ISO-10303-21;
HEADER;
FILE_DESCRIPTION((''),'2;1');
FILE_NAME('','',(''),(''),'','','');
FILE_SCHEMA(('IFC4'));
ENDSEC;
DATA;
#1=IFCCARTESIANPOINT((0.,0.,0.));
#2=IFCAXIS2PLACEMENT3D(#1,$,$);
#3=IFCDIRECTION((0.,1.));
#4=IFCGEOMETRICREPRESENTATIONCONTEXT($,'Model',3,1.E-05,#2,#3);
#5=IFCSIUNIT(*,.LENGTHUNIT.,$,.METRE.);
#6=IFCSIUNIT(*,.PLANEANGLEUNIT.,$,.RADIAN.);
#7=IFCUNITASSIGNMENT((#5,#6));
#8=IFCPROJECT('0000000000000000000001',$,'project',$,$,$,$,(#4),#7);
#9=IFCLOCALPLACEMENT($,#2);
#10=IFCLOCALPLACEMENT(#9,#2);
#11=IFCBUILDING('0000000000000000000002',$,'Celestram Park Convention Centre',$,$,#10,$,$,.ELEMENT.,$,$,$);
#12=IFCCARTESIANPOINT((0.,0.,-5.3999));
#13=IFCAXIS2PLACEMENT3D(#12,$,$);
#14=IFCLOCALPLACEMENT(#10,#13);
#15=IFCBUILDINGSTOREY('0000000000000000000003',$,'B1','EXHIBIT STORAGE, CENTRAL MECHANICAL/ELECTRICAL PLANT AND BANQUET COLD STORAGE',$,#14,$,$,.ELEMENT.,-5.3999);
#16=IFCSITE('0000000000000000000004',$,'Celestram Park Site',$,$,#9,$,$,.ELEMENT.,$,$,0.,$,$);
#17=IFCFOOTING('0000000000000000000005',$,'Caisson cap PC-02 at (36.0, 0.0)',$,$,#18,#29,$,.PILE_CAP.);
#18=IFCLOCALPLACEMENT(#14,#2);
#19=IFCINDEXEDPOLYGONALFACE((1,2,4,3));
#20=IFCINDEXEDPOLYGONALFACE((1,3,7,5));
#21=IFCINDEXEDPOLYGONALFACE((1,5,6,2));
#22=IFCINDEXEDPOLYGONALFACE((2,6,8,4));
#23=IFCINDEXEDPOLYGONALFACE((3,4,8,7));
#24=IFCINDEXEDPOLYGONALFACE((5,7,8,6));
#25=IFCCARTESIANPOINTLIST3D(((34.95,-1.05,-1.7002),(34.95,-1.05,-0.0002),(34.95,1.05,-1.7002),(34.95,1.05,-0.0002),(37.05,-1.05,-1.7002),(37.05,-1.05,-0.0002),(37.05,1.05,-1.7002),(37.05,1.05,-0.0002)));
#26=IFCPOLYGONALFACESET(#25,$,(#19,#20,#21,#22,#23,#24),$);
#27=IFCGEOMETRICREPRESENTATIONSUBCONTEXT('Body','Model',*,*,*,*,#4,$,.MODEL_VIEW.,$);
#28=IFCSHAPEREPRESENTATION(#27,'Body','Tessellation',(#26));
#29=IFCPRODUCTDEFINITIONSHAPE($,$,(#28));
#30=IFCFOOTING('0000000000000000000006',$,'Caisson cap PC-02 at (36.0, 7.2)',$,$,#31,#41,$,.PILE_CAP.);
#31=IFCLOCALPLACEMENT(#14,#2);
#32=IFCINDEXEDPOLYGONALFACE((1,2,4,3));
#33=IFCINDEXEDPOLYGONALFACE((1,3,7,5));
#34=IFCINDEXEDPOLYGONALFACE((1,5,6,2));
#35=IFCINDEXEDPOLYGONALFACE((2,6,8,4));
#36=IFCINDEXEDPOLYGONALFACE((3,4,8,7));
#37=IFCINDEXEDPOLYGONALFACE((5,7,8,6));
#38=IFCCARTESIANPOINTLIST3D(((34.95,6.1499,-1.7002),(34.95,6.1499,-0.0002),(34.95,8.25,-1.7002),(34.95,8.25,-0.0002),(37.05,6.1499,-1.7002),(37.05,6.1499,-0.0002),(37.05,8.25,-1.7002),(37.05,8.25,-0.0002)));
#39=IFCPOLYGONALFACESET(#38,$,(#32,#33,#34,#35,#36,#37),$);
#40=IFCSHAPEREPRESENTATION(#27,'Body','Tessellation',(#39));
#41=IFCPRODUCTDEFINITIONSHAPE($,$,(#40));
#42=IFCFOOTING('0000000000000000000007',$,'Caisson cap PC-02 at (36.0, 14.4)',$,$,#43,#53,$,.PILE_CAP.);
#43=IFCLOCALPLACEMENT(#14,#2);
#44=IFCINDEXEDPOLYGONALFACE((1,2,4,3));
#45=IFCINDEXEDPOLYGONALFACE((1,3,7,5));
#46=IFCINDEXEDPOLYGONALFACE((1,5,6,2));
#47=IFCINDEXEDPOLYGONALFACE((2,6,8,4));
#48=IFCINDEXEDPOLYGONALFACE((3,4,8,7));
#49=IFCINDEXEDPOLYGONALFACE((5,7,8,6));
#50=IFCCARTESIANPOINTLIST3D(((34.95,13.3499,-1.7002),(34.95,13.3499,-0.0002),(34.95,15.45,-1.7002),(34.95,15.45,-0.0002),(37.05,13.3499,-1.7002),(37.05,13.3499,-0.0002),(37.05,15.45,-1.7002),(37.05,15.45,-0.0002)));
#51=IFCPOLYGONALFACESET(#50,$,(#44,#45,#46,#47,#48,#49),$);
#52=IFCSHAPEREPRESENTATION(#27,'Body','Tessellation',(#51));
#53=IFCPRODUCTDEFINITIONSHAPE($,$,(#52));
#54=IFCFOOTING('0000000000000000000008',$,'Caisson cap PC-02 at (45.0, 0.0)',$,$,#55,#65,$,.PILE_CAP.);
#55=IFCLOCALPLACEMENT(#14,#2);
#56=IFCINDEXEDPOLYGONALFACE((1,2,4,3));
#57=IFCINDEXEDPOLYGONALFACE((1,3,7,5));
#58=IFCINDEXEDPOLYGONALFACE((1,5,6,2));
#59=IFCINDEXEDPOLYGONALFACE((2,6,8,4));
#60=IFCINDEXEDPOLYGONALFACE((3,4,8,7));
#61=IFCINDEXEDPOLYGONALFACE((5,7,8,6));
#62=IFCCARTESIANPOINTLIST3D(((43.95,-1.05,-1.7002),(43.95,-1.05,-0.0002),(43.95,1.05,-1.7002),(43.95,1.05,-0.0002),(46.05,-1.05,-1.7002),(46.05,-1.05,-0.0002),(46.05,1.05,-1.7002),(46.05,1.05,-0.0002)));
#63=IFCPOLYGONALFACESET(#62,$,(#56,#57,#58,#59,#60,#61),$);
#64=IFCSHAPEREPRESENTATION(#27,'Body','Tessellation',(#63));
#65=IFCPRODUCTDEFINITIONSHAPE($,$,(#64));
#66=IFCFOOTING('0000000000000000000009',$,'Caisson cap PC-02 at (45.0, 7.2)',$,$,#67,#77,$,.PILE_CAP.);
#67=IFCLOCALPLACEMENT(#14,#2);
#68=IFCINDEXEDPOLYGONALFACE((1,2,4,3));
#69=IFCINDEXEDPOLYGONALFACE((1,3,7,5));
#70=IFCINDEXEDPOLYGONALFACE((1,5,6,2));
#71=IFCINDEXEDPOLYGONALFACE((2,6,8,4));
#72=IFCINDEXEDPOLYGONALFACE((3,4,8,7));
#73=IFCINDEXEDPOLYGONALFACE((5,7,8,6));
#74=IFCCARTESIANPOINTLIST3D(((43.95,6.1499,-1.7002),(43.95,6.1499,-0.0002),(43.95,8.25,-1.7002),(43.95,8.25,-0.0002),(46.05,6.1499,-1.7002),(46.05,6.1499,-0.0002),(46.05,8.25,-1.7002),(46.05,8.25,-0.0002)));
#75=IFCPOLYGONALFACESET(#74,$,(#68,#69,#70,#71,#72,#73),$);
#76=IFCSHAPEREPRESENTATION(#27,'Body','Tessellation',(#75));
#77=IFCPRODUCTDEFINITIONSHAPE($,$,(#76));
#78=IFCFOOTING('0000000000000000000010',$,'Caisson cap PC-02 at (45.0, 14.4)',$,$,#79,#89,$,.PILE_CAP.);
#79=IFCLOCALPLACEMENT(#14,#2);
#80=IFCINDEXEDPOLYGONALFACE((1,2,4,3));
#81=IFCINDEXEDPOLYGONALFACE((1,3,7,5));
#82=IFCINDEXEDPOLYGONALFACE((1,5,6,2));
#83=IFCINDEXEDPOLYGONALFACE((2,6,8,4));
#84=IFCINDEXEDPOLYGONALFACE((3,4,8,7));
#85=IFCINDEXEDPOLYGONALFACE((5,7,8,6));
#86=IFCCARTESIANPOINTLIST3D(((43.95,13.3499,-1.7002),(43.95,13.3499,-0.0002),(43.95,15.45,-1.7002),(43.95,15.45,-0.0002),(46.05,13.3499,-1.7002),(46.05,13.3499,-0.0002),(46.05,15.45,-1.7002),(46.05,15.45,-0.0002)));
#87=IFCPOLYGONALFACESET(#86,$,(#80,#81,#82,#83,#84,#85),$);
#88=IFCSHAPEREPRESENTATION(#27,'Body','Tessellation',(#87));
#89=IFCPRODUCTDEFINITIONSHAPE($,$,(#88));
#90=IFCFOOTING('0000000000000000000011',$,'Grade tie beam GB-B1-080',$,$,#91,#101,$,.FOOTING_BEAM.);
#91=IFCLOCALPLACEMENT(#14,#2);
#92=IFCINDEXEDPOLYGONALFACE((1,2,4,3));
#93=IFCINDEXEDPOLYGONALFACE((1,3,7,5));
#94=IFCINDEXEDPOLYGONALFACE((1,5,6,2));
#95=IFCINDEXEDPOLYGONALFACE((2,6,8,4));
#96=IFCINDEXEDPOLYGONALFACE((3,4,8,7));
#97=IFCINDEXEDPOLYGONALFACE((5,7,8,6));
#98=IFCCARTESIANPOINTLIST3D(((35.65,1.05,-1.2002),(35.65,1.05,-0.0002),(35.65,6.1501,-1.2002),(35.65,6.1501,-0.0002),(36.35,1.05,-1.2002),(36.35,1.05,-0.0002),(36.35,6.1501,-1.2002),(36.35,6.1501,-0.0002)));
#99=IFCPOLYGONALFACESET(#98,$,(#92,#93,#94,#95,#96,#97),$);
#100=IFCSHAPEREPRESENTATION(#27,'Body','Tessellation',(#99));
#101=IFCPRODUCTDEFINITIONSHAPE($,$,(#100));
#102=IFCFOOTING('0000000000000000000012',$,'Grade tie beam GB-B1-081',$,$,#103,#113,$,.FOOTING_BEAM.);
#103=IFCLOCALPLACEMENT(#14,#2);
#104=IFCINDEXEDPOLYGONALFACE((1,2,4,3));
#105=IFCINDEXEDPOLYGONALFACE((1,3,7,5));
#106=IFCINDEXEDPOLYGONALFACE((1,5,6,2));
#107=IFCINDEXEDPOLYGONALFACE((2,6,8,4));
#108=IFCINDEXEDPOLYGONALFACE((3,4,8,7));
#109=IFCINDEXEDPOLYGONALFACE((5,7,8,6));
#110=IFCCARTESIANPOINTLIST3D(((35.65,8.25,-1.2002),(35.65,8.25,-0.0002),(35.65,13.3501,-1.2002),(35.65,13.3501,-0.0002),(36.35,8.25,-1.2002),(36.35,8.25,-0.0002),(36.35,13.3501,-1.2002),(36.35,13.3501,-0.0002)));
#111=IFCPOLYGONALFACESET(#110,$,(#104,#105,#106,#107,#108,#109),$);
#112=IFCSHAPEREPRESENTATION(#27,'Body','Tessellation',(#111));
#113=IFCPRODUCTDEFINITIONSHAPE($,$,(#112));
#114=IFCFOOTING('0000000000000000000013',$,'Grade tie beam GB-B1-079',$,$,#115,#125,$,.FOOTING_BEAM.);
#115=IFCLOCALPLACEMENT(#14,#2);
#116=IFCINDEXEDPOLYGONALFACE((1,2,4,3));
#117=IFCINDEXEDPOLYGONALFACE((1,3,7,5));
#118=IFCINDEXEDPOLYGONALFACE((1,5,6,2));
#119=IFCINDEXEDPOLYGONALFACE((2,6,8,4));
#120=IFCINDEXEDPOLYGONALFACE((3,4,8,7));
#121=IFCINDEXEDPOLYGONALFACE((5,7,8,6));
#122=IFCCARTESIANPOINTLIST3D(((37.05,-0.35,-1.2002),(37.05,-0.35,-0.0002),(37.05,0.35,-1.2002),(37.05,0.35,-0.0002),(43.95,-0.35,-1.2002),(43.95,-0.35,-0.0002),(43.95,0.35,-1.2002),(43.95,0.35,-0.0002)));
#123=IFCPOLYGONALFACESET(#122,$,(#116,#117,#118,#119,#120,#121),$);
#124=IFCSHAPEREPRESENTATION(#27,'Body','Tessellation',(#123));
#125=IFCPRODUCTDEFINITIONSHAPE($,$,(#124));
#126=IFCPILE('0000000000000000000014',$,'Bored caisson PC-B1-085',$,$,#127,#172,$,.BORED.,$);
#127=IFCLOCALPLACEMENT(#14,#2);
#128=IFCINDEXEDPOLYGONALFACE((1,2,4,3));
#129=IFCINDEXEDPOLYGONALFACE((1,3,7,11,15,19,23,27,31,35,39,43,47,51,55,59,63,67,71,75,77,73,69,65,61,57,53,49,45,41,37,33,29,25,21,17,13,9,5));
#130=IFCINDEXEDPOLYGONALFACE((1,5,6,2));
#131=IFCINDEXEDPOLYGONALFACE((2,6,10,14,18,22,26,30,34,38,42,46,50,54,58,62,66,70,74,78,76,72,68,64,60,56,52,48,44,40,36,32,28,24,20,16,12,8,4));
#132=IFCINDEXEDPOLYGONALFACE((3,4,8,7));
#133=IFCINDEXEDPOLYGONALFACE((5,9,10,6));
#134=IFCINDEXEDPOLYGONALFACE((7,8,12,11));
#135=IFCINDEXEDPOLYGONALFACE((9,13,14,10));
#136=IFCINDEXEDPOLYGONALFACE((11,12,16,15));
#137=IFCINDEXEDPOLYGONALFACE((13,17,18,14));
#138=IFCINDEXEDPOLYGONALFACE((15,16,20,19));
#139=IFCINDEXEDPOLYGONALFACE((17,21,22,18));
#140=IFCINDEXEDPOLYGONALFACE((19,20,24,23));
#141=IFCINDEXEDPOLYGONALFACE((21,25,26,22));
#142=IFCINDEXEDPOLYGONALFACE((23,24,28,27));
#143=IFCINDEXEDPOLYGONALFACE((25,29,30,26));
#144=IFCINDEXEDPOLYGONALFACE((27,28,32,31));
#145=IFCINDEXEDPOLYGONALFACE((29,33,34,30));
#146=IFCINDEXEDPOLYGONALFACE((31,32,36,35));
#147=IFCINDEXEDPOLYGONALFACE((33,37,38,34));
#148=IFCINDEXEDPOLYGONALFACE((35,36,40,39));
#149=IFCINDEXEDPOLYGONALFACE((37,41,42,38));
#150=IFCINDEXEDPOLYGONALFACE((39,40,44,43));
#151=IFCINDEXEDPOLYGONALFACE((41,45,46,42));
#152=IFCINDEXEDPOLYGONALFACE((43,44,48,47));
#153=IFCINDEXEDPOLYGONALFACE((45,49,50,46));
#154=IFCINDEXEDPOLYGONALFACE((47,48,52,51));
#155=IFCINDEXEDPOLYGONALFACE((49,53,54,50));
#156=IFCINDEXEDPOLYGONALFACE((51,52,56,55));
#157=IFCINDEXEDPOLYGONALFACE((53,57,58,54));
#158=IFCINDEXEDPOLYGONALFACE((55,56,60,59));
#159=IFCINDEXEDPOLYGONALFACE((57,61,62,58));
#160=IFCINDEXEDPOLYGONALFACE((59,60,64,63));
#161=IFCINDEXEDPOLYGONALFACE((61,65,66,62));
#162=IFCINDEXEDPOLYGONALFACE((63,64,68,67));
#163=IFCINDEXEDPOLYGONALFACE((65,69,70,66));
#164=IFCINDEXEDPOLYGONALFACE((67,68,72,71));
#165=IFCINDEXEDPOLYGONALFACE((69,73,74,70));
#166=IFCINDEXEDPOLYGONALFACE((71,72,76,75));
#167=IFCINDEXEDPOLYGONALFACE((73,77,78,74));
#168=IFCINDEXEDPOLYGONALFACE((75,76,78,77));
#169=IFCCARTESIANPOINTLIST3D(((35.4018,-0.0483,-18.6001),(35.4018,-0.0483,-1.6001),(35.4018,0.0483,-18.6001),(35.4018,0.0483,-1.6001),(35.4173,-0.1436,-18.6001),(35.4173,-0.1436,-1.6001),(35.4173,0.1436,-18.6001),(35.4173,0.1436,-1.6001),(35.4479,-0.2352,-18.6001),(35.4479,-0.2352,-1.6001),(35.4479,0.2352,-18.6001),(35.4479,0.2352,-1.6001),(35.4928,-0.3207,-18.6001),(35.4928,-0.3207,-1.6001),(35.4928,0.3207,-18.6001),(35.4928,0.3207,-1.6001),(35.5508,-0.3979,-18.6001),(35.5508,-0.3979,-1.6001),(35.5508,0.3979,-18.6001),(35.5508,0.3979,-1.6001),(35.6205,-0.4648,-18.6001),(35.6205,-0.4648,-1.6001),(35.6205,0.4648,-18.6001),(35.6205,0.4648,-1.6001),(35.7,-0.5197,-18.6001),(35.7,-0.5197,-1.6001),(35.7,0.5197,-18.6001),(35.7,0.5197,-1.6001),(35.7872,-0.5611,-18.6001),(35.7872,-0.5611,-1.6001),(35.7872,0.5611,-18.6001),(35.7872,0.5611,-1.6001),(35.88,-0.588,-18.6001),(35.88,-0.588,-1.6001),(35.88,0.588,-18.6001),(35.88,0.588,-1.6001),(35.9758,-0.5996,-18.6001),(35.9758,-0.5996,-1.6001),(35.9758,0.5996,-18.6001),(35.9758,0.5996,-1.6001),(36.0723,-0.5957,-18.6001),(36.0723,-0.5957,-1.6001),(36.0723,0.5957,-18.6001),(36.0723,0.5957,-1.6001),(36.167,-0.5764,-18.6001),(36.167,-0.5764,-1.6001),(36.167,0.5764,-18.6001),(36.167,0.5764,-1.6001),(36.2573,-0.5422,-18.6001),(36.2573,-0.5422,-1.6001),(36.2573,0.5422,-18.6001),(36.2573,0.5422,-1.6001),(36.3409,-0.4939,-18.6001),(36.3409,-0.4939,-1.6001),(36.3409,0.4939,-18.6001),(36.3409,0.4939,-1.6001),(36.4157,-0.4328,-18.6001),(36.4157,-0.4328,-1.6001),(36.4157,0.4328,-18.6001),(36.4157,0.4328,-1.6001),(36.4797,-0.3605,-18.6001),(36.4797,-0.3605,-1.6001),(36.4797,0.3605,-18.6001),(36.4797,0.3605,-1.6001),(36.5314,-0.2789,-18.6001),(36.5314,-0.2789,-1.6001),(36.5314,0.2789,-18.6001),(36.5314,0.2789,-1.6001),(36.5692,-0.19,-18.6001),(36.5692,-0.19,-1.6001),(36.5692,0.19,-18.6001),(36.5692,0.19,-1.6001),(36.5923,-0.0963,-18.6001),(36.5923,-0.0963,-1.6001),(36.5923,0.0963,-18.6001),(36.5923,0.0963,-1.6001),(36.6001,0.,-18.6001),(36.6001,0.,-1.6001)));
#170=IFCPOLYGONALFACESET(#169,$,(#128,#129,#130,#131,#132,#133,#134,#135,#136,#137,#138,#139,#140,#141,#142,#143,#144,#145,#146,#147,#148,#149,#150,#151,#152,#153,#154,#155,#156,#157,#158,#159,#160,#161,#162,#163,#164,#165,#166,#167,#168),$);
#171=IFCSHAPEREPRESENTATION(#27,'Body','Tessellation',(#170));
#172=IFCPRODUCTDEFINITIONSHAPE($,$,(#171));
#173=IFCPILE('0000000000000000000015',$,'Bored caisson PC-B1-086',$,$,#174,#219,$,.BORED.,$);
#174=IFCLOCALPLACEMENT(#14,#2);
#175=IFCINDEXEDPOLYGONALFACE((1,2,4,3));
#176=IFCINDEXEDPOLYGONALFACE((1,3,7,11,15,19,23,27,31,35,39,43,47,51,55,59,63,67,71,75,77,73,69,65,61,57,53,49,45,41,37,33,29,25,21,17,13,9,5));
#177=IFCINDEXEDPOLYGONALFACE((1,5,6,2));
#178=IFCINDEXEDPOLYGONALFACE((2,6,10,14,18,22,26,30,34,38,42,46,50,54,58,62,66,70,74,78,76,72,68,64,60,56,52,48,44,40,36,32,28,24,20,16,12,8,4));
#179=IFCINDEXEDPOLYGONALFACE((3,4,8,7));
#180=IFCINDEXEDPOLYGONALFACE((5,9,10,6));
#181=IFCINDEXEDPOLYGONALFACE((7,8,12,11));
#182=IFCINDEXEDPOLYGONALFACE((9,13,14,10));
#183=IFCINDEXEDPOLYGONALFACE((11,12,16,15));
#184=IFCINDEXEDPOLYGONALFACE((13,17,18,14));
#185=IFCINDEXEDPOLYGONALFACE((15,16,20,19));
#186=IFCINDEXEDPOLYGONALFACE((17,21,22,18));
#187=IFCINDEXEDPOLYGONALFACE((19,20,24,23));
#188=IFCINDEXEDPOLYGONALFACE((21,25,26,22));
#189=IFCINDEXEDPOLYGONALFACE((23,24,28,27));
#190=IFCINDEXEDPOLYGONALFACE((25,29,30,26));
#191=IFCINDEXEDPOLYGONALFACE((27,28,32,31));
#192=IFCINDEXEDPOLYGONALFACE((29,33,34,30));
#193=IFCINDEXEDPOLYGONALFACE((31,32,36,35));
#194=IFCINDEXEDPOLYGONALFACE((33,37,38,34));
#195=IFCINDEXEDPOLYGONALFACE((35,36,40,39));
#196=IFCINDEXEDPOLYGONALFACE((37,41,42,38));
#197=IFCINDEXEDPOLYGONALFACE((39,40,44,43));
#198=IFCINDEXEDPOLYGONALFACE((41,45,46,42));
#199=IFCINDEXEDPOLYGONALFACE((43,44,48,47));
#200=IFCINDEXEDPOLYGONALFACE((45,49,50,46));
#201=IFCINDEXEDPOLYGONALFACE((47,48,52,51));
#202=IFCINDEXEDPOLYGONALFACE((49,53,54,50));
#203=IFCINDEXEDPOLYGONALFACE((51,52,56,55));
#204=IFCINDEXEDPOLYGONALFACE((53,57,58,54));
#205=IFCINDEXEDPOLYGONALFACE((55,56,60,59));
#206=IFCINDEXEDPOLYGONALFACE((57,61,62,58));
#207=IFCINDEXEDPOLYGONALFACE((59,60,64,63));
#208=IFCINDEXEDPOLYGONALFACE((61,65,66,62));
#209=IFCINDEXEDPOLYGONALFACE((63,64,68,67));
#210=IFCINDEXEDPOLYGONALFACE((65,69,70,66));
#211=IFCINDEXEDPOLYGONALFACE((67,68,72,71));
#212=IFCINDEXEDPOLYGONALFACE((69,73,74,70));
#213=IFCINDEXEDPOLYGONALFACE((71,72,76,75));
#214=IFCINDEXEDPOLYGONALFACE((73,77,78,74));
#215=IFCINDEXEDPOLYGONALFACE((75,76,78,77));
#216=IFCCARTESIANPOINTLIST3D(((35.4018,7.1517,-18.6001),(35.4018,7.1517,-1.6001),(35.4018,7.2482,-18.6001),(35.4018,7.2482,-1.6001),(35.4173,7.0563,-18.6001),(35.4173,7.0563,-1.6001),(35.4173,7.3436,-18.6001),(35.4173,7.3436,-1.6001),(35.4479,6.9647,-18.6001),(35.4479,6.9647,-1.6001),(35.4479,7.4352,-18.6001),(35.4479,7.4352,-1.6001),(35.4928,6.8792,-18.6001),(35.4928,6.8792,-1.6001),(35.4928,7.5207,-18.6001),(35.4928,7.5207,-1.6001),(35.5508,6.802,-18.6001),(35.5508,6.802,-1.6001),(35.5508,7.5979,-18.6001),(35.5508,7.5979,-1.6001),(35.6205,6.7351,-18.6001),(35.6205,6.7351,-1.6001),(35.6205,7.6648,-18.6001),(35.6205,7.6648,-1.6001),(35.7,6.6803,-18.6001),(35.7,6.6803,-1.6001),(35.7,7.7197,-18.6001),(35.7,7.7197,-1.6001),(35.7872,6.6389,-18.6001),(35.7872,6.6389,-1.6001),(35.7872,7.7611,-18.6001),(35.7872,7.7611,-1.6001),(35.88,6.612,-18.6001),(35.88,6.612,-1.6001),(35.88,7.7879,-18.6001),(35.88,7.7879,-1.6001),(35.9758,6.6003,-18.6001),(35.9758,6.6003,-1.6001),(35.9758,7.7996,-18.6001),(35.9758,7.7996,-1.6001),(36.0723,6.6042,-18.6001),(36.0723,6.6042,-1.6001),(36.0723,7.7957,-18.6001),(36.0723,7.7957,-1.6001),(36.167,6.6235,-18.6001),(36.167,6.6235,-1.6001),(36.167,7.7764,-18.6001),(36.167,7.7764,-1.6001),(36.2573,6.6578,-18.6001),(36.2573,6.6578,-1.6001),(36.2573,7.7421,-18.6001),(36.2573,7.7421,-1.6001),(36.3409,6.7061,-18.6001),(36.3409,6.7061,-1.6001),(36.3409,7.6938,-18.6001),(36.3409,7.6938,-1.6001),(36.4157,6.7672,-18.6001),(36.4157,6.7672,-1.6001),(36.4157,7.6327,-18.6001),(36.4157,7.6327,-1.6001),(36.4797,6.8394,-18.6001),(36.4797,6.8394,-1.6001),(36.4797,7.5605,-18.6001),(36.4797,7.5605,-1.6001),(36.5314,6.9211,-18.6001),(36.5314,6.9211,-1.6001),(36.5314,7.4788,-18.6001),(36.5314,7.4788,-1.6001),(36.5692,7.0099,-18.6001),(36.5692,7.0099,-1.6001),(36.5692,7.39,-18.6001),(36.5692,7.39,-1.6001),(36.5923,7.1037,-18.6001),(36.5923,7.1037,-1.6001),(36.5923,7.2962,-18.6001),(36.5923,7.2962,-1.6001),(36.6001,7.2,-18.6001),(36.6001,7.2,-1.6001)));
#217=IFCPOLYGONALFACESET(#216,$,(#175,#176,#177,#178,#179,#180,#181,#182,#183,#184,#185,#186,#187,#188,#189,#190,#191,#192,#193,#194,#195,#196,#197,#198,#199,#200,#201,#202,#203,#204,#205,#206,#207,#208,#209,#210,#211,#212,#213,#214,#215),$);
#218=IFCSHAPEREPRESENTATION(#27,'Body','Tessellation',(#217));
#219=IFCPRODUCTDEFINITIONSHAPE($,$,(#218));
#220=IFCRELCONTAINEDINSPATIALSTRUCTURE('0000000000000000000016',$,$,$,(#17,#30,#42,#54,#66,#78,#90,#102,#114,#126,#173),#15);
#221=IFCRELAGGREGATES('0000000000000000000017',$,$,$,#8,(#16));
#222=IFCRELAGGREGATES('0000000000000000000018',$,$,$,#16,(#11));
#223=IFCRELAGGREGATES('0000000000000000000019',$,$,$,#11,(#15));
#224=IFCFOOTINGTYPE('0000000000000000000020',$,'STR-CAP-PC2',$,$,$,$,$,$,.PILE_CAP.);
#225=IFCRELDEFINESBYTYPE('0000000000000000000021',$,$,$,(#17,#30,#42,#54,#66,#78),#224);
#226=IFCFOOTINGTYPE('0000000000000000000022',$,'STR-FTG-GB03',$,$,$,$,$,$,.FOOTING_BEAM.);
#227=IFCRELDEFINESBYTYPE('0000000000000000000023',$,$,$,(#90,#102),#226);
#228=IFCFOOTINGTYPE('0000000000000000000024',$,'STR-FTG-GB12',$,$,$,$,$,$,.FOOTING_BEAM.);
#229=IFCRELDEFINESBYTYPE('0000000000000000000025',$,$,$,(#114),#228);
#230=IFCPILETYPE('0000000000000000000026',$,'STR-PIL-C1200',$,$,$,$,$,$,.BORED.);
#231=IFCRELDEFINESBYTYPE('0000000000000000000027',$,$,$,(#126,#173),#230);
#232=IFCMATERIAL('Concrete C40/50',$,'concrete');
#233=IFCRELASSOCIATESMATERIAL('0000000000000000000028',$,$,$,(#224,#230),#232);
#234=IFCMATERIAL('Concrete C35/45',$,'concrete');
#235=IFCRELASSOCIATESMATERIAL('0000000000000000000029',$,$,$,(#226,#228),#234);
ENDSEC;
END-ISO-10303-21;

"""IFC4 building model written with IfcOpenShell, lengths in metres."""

from ifc_helpers import new_model, si_unit, direction, frame, origin, origin_2d, place, context, subcontext, project, spatial, rectangle, circle, extrude, material, material_profile, profile_set, type_object, element, save


model = new_model("IFC4")

# Units and contexts
model_context = context("Model", 3, precision=1e-05, world=origin(), true_north=direction((0.0, 1.0)))
body_context = subcontext(model_context, "Body", "Model", "MODEL_VIEW")
ifc_project = project(units=[si_unit("LENGTHUNIT", "METRE"), si_unit("PLANEANGLEUNIT", "RADIAN")], contexts=[model_context])

# Site, building, storey
site_placement = place(None, origin())
site = spatial("IfcSite", under=ifc_project, at=site_placement, Name="Celestram Park Site", CompositionType="ELEMENT", RefElevation=0.0)
building_placement = place(site_placement, origin())
building = spatial("IfcBuilding", under=site, at=building_placement, Name="Celestram Park Convention Centre", CompositionType="ELEMENT")
storey_placement = place(building_placement, frame((0.0, 0.0, -5.3999)))
storey = spatial("IfcBuildingStorey", under=building, at=storey_placement, Name="B1", Description="EXHIBIT STORAGE, CENTRAL MECHANICAL/ELECTRICAL PLANT AND BANQUET COLD STORAGE", CompositionType="ELEMENT", Elevation=-5.3999)

# Footings
ifc_material_1 = material(Name="Concrete C40/50", Category="concrete")
footing_type_1 = type_object("IfcFootingType", Name="STR-CAP-PC2", PredefinedType="PILE_CAP", material=ifc_material_1)
for number, where, z_axis, x_axis, name in (
    (1, (36.0, 0.0, -1.7002), (0.0, 0.0, 1.0), (1.0, 0.0, 0.0), "Caisson cap PC-02 at (36.0, 0.0)"),
    (2, (36.0, 7.2, -1.7002), (0.0, 0.0, 1.0), (1.0, 0.0, 0.0), "Caisson cap PC-02 at (36.0, 7.2)"),
    (3, (36.0, 14.3999, -1.7002), (0.0, 0.0, 1.0), (1.0, 0.0, 0.0), "Caisson cap PC-02 at (36.0, 14.4)"),
    (4, (45.0, 0.0, -1.7002), (0.0, 0.0, 1.0), (1.0, 0.0, 0.0), "Caisson cap PC-02 at (45.0, 0.0)"),
    (5, (45.0, 7.2, -1.7002), (0.0, 0.0, 1.0), (1.0, 0.0, 0.0), "Caisson cap PC-02 at (45.0, 7.2)"),
    (6, (45.0, 14.3999, -1.7002), (0.0, 0.0, 1.0), (1.0, 0.0, 0.0), "Caisson cap PC-02 at (45.0, 14.4)"),
):
    element("IfcFooting", number, at=place(storey_placement, frame(where, z_axis=z_axis, x_axis=x_axis)), inside=storey, type_object=footing_type_1, Name=name, PredefinedType="PILE_CAP", context=body_context, shape_type="SweptSolid", body=[
        extrude(rectangle(XDim=2.1001, YDim=2.1001, at=origin_2d()), origin(), (0.0, 0.0, 1.0), 1.7),
    ])
ifc_material_2 = material(Name="Concrete C35/45", Category="concrete")
footing_type_2 = type_object("IfcFootingType", Name="STR-FTG-GB03", PredefinedType="FOOTING_BEAM", material=ifc_material_2)
for number, where, z_axis, x_axis, name in (
    (7, (36.0, 3.6001, -1.2002), (0.0, 0.0, 1.0), (0.0, 1.0, 0.0), "Grade tie beam GB-B1-080"),
    (8, (36.0, 10.8, -1.2002), (0.0, 0.0, 1.0), (0.0, 1.0, 0.0), "Grade tie beam GB-B1-081"),
):
    element("IfcFooting", number, at=place(storey_placement, frame(where, z_axis=z_axis, x_axis=x_axis)), inside=storey, type_object=footing_type_2, Name=name, PredefinedType="FOOTING_BEAM", context=body_context, shape_type="SweptSolid", body=[
        extrude(rectangle(XDim=5.1001, YDim=0.7, at=origin_2d()), origin(), (0.0, 0.0, 1.0), 1.2),
    ])
footing_type_3 = type_object("IfcFootingType", Name="STR-FTG-GB12", PredefinedType="FOOTING_BEAM", material=ifc_material_2)
footing_placement = place(storey_placement, frame((40.5, 0.0, -1.2002), z_axis=(0.0, 0.0, 1.0), x_axis=(1.0, 0.0, 0.0)))
element("IfcFooting", 9, at=footing_placement, inside=storey, type_object=footing_type_3, Name="Grade tie beam GB-B1-079", PredefinedType="FOOTING_BEAM", context=body_context, shape_type="SweptSolid", body=[
    extrude(rectangle(XDim=6.8999, YDim=0.7, at=origin_2d()), origin(), (0.0, 0.0, 1.0), 1.2),
])

# Piles
ifc_material_profile_1 = material_profile(ifc_material_1, circle(Radius=0.6001, at=origin_2d()), Name="CAISSON1200")
ifc_profile_set_1 = profile_set([ifc_material_profile_1], Name="Concrete C40/50")
pile_type = type_object("IfcPileType", Name="STR-PIL-C1200", PredefinedType="BORED", material=ifc_profile_set_1)
for number, where, z_axis, x_axis, name in (
    (10, (36.0, 0.0, -1.6001), (0.0, 0.0, -1.0), (1.0, 0.0, 0.0), "Bored caisson PC-B1-085"),
    (11, (36.0, 7.2, -1.6001), (0.0, 0.0, -1.0), (1.0, 0.0, 0.0), "Bored caisson PC-B1-086"),
):
    element("IfcPile", number, at=place(storey_placement, frame(where, z_axis=z_axis, x_axis=x_axis)), inside=storey, type_object=pile_type, Name=name, PredefinedType="BORED", context=body_context, shape_type="SweptSolid", body=[
        extrude(circle(Radius=0.6001, at=origin_2d()), origin(), (0.0, 0.0, 1.0), 17.0),
    ])

save(model, "model.ifc")
